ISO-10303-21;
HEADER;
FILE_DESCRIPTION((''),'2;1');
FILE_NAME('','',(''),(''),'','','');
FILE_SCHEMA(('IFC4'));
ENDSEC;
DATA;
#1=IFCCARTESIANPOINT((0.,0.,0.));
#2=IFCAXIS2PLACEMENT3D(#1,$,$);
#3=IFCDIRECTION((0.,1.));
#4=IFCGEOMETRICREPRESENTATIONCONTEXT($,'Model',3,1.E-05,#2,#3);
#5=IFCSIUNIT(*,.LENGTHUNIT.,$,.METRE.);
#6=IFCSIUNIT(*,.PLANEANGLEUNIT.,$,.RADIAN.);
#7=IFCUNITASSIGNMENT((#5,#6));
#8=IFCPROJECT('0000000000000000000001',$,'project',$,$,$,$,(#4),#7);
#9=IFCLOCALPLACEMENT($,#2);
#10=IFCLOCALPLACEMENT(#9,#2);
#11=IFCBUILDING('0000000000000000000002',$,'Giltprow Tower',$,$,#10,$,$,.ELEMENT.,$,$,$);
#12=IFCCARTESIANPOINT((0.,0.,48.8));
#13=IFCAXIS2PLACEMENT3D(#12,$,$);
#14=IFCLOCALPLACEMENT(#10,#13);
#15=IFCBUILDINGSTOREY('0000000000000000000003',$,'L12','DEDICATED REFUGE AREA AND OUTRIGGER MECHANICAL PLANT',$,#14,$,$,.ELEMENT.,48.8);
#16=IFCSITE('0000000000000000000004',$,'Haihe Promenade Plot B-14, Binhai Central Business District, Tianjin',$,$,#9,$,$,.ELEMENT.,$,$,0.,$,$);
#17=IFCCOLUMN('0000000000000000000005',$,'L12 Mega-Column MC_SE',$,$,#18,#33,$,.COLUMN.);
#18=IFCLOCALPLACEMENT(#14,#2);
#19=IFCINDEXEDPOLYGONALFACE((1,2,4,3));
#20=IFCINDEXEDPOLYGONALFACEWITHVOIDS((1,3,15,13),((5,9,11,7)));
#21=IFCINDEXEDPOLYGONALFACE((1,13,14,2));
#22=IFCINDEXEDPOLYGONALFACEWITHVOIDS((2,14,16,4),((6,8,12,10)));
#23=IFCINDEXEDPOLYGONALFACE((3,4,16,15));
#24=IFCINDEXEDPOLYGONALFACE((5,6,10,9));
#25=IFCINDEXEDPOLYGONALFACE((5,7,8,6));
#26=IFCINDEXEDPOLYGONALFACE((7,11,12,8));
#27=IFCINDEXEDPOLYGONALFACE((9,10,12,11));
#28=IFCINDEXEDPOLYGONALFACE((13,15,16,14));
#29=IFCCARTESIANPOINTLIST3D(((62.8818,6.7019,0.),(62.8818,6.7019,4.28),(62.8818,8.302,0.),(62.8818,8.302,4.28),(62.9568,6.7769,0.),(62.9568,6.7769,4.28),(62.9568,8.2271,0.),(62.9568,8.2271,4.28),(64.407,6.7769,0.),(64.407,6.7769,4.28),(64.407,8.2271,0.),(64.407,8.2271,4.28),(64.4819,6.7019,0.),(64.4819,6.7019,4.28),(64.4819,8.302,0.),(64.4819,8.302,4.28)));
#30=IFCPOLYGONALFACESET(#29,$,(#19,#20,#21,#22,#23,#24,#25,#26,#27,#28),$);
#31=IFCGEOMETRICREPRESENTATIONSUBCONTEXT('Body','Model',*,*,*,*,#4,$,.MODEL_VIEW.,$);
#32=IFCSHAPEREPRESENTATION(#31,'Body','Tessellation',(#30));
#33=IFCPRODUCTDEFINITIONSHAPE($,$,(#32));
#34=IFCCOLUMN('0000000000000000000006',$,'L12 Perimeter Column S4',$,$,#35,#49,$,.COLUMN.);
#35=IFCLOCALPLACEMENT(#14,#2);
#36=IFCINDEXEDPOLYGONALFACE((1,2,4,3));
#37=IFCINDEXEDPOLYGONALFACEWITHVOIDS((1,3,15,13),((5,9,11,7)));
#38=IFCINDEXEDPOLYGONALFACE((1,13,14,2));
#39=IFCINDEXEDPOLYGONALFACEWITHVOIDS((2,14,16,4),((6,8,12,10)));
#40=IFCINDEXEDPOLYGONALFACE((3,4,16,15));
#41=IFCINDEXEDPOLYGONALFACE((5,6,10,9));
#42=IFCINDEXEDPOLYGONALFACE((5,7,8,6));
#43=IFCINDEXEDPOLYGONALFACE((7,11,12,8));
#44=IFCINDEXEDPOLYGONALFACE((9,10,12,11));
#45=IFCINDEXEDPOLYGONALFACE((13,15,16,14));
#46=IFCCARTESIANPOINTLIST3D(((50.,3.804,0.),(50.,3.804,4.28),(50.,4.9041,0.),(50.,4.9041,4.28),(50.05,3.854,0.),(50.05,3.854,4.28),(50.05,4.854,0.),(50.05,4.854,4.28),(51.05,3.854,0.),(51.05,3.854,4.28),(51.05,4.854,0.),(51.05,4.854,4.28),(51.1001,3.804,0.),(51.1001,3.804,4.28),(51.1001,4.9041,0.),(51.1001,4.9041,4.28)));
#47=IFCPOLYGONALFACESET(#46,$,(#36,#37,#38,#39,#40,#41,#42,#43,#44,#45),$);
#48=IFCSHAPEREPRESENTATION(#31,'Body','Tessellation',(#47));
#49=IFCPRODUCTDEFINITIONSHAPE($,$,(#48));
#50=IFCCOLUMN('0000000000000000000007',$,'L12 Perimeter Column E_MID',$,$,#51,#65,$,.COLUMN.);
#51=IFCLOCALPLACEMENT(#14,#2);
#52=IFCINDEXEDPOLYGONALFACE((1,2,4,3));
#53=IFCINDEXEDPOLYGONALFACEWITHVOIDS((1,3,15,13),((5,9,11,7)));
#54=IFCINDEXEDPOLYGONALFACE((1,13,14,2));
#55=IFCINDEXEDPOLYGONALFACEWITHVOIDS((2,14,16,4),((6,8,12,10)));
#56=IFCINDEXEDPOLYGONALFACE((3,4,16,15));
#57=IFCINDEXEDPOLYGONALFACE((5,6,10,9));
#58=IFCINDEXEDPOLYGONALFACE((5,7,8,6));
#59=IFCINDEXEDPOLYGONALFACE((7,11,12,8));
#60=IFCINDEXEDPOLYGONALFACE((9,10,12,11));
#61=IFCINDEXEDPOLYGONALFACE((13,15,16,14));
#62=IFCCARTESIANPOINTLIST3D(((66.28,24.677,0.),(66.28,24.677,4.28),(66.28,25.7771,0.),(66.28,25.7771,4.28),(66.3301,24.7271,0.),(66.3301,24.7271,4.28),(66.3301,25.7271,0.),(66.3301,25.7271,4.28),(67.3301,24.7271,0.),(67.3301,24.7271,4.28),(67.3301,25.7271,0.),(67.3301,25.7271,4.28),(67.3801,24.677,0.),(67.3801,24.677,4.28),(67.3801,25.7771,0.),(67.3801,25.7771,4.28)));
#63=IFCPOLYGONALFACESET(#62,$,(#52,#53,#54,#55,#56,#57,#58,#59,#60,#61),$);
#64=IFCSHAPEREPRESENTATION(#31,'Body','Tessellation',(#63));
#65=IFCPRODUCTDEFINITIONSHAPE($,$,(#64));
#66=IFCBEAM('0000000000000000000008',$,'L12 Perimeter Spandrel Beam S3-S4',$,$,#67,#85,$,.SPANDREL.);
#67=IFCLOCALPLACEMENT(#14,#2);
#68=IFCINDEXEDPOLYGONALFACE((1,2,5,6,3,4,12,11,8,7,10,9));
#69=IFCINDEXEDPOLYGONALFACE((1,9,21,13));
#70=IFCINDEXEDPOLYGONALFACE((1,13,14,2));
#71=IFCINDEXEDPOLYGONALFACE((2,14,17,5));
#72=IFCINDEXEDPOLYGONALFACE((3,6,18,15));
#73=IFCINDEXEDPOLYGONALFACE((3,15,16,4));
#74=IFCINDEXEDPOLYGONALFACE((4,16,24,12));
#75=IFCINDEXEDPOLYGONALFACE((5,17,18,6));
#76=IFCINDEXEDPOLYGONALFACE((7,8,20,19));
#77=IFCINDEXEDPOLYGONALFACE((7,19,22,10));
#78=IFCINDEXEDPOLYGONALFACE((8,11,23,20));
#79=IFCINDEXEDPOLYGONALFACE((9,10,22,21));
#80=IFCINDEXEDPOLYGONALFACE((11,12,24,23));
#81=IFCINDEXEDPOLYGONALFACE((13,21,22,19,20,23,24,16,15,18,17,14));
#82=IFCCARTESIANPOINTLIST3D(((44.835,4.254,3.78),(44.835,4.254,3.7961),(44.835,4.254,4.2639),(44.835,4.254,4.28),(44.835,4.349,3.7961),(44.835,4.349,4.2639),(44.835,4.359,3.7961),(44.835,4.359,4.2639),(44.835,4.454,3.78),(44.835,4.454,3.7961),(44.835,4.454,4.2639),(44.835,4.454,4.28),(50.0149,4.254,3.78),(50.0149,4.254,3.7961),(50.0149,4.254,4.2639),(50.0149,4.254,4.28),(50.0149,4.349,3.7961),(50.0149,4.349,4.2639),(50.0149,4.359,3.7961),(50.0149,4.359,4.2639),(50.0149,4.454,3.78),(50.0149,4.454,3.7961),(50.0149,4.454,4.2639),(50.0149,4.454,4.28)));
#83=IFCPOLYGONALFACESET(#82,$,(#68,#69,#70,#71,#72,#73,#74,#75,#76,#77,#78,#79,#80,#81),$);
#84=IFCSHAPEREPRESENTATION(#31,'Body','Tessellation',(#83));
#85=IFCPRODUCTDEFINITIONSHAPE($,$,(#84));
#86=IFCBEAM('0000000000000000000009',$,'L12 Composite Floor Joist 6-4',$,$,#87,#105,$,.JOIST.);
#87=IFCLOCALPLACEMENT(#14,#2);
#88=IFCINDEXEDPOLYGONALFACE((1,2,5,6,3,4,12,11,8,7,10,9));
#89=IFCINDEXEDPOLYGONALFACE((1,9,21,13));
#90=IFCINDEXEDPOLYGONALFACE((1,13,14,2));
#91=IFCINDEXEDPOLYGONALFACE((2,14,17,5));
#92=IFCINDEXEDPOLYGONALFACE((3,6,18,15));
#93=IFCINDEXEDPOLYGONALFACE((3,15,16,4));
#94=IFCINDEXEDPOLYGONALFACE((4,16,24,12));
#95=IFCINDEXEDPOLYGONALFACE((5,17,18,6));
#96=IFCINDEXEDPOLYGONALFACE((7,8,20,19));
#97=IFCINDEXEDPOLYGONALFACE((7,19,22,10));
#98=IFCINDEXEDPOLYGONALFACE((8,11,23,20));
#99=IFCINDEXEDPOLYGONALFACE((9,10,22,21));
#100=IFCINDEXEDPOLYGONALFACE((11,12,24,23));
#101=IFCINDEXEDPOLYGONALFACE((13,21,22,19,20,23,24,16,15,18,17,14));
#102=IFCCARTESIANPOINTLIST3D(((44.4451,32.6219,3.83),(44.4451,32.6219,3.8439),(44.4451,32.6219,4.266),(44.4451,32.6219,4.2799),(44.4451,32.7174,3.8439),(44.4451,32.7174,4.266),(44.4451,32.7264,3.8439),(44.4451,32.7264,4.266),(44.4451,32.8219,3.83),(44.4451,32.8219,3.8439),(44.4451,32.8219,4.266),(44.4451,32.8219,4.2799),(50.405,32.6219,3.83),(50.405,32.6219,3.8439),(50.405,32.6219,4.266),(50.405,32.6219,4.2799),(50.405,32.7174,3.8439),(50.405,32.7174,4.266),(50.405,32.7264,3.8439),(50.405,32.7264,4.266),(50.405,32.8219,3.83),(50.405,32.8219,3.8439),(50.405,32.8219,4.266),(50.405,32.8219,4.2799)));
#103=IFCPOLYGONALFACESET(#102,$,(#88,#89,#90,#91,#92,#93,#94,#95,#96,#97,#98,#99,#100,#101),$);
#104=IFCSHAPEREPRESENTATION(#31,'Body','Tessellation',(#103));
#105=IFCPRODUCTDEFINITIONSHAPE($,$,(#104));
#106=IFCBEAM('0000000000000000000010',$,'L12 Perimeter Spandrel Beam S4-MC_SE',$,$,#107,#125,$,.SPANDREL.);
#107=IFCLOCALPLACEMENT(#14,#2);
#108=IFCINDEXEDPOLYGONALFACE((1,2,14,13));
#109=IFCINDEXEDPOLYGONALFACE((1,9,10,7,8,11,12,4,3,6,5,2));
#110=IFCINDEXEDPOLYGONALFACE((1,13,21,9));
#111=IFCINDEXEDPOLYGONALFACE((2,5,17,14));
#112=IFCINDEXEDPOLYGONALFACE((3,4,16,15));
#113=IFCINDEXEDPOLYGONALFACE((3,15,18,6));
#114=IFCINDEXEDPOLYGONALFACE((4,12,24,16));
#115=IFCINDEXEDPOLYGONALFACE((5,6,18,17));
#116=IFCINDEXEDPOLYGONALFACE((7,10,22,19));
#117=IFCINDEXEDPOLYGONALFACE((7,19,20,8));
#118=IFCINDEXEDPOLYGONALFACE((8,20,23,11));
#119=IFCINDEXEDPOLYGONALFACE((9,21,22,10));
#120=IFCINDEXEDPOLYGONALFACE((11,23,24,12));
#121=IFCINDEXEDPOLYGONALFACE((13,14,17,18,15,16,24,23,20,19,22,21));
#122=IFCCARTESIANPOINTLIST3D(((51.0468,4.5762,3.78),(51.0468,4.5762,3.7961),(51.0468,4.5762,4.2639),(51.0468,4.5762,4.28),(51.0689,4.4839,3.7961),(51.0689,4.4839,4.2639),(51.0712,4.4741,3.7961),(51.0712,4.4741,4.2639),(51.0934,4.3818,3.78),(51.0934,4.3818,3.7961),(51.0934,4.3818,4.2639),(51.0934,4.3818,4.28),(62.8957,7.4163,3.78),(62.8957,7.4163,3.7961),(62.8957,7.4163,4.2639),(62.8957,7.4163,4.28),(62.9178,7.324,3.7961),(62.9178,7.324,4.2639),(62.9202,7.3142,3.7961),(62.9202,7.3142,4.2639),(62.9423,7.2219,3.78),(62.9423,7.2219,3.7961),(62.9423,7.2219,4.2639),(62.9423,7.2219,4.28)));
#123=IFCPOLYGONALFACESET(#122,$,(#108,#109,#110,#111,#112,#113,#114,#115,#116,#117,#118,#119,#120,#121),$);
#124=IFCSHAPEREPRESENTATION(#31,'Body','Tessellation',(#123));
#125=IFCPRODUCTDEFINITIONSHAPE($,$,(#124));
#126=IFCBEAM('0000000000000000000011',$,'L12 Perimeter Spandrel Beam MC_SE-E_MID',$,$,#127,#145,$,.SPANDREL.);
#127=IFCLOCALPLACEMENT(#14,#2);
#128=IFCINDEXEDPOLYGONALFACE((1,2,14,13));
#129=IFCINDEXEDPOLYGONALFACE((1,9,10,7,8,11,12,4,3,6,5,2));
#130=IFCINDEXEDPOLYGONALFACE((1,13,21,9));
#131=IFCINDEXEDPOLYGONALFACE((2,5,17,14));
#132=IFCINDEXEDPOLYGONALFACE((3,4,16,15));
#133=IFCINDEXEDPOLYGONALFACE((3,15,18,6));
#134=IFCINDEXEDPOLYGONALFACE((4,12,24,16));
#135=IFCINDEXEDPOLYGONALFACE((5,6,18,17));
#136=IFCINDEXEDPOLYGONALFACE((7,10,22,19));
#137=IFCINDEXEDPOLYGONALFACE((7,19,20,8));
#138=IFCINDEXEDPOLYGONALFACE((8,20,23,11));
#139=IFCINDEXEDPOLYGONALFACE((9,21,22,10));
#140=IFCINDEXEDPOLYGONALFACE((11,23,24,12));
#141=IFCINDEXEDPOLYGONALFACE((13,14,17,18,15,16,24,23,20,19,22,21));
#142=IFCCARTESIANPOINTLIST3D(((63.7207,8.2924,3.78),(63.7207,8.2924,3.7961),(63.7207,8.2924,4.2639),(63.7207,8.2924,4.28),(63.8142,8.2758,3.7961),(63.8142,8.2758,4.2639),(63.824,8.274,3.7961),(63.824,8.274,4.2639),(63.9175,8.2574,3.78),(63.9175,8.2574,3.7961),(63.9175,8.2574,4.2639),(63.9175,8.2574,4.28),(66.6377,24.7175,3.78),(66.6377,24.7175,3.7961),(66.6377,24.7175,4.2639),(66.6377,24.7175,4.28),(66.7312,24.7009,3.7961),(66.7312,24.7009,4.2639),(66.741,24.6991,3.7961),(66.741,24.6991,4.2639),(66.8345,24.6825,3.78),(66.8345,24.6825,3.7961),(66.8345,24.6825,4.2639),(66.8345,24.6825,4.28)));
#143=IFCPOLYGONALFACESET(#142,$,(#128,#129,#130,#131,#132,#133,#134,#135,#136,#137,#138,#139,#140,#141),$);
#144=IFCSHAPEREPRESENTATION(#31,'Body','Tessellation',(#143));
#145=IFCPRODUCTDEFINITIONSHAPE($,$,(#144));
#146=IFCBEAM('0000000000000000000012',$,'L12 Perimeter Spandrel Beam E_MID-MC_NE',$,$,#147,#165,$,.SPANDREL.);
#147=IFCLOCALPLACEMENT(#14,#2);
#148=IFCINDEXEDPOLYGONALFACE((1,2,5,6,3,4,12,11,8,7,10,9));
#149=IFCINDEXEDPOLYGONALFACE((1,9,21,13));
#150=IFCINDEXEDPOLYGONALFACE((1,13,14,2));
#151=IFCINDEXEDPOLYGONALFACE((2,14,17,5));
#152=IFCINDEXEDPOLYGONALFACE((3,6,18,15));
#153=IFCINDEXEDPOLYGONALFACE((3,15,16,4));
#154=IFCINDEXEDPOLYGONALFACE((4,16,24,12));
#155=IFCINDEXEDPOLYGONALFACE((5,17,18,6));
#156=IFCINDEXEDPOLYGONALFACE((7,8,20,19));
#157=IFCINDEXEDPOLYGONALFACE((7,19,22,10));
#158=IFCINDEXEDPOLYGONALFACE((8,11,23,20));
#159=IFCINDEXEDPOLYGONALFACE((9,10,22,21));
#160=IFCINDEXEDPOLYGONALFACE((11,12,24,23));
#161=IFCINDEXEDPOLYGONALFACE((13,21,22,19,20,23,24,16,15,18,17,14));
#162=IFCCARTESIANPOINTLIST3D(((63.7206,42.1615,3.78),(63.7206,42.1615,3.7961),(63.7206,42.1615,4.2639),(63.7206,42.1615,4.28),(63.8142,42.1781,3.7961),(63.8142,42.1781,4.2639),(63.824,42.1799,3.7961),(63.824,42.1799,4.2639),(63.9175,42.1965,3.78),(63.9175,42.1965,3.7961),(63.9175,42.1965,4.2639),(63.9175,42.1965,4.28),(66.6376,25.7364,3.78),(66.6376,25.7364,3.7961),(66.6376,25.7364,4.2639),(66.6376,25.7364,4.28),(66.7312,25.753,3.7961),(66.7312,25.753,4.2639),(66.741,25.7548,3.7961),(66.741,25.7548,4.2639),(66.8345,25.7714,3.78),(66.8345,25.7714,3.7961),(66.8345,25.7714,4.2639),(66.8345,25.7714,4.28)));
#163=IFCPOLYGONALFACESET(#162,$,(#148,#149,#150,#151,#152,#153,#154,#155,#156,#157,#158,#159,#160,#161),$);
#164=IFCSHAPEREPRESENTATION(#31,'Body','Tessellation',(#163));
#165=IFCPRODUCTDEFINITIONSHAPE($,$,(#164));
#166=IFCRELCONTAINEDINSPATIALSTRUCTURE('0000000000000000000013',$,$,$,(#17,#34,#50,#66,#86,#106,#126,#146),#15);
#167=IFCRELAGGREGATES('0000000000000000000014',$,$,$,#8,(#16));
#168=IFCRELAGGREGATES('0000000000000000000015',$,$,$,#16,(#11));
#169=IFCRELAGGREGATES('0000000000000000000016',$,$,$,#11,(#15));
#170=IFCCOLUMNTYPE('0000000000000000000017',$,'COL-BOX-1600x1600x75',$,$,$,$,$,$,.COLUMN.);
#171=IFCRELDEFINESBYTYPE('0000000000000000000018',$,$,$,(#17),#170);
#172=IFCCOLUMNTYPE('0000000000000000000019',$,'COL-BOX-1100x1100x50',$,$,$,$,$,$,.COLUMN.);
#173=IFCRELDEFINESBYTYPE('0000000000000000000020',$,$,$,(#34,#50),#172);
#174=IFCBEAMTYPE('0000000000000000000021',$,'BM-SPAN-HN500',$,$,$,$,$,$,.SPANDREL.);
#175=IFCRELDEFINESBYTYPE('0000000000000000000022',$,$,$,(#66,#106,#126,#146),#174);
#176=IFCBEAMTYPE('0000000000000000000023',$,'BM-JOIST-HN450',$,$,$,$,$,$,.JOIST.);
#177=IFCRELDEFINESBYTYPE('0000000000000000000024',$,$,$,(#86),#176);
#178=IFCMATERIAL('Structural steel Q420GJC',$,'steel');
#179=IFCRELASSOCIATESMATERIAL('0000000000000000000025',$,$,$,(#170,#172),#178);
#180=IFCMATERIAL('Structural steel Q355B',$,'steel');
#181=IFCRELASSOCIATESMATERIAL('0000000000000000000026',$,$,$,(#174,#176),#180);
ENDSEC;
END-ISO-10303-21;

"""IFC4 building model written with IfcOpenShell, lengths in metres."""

from ifc_helpers import new_model, si_unit, direction, frame, origin, origin_2d, place, context, subcontext, project, spatial, hollow_rectangle, i_section, extrude, source, transform, mapped, material, material_profile, profile_set, type_object, element, save


model = new_model("IFC4")

# Units and contexts
model_context = context("Model", 3, precision=1e-05, world=origin(), true_north=direction((0.0, 1.0)))
body_context = subcontext(model_context, "Body", "Model", "MODEL_VIEW")
ifc_project = project(units=[si_unit("LENGTHUNIT", "METRE"), si_unit("PLANEANGLEUNIT", "RADIAN")], contexts=[model_context])

# Site, building, storey
site_placement = place(None, origin())
site = spatial("IfcSite", under=ifc_project, at=site_placement, Name="Haihe Promenade Plot B-14, Binhai Central Business District, Tianjin", CompositionType="ELEMENT", RefElevation=0.0)
building_placement = place(site_placement, origin())
building = spatial("IfcBuilding", under=site, at=building_placement, Name="Giltprow Tower", CompositionType="ELEMENT")
storey_placement = place(building_placement, frame((0.0, 0.0, 48.8)))
storey = spatial("IfcBuildingStorey", under=building, at=storey_placement, Name="L12", Description="DEDICATED REFUGE AREA AND OUTRIGGER MECHANICAL PLANT", CompositionType="ELEMENT", Elevation=48.8)

# Columns
ifc_material_1 = material(Name="Structural steel Q420GJC", Category="steel")
ifc_material_profile_1 = material_profile(ifc_material_1, hollow_rectangle(XDim=1.6001, YDim=1.6001, WallThickness=0.075, at=origin_2d()), Name="BOX 1600x1600x75")
ifc_profile_set_1 = profile_set([ifc_material_profile_1], Name="Structural steel Q420GJC")
column_type_1 = type_object("IfcColumnType", Name="COL-BOX-1600x1600x75", PredefinedType="COLUMN", material=ifc_profile_set_1)
shared_shape_1 = source(origin(), body_context, "Body", "SweptSolid", [
    extrude(hollow_rectangle(XDim=1.6001, YDim=1.6001, WallThickness=0.075, at=origin_2d()), origin(), (0.0, 0.0, 1.0), 4.28),
])
column_placement = place(storey_placement, frame((63.6819, 7.502, 0.0), z_axis=(0.0, 0.0, 1.0), x_axis=(1.0, 0.0, 0.0)))
element("IfcColumn", 1, at=column_placement, inside=storey, type_object=column_type_1, Name="L12 Mega-Column MC_SE", PredefinedType="COLUMN", context=body_context, shape_type="MappedRepresentation", body=[
    mapped(shared_shape_1, transform((0.0, 0.0, 0.0), x_axis=(1.0, 0.0, 0.0), y_axis=(0.0, 1.0, 0.0), z_axis=(0.0, 0.0, 1.0), scale=1.0)),
])
ifc_material_profile_2 = material_profile(ifc_material_1, hollow_rectangle(XDim=1.1001, YDim=1.1001, WallThickness=0.05, at=origin_2d()), Name="BOX 1100x1100x50")
ifc_profile_set_2 = profile_set([ifc_material_profile_2], Name="Structural steel Q420GJC")
column_type_2 = type_object("IfcColumnType", Name="COL-BOX-1100x1100x50", PredefinedType="COLUMN", material=ifc_profile_set_2)
shared_shape_2 = source(origin(), body_context, "Body", "SweptSolid", [
    extrude(hollow_rectangle(XDim=1.1001, YDim=1.1001, WallThickness=0.05, at=origin_2d()), origin(), (0.0, 0.0, 1.0), 4.28),
])
for number, where, z_axis, x_axis, name in (
    (2, (50.55, 4.354, 0.0), (0.0, 0.0, 1.0), (1.0, 0.0, 0.0), "L12 Perimeter Column S4"),
    (3, (66.8301, 25.2271, 0.0), (0.0, 0.0, 1.0), (1.0, 0.0, 0.0), "L12 Perimeter Column E_MID"),
):
    element("IfcColumn", number, at=place(storey_placement, frame(where, z_axis=z_axis, x_axis=x_axis)), inside=storey, type_object=column_type_2, Name=name, PredefinedType="COLUMN", context=body_context, shape_type="MappedRepresentation", body=[
        mapped(shared_shape_2, transform((0.0, 0.0, 0.0), x_axis=(1.0, 0.0, 0.0), y_axis=(0.0, 1.0, 0.0), z_axis=(0.0, 0.0, 1.0), scale=1.0)),
    ])

# Beams
ifc_material_2 = material(Name="Structural steel Q355B", Category="steel")
ifc_material_profile_3 = material_profile(ifc_material_2, i_section(OverallWidth=0.2, OverallDepth=0.5, WebThickness=0.01, FlangeThickness=0.0161, at=origin_2d()), Name="HN 500x200x10x16")
ifc_profile_set_3 = profile_set([ifc_material_profile_3], Name="Structural steel Q355B")
beam_type_1 = type_object("IfcBeamType", Name="BM-SPAN-HN500", PredefinedType="SPANDREL", material=ifc_profile_set_3)
shared_shape_3 = source(origin(), body_context, "Body", "SweptSolid", [
    extrude(i_section(OverallWidth=0.2, OverallDepth=0.5, WebThickness=0.01, FlangeThickness=0.0161, at=origin_2d()), origin(), (0.0, 0.0, 1.0), 5.1799),
])
beam_1_placement = place(storey_placement, frame((44.835, 4.354, 4.03), z_axis=(1.0, 0.0, 0.0), x_axis=(0.0, 1.0, 0.0)))
element("IfcBeam", 4, at=beam_1_placement, inside=storey, type_object=beam_type_1, Name="L12 Perimeter Spandrel Beam S3-S4", PredefinedType="SPANDREL", context=body_context, shape_type="MappedRepresentation", body=[
    mapped(shared_shape_3, transform((0.0, 0.0, 0.0), x_axis=(1.0, 0.0, 0.0), y_axis=(0.0, 1.0, 0.0), z_axis=(0.0, 0.0, 1.0), scale=1.0)),
])
ifc_material_profile_4 = material_profile(ifc_material_2, i_section(OverallWidth=0.2, OverallDepth=0.45, WebThickness=0.009, FlangeThickness=0.0139, at=origin_2d()), Name="HN 450x200x9x14")
ifc_profile_set_4 = profile_set([ifc_material_profile_4], Name="Structural steel Q355B")
beam_type_2 = type_object("IfcBeamType", Name="BM-JOIST-HN450", PredefinedType="JOIST", material=ifc_profile_set_4)
shared_shape_4 = source(origin(), body_context, "Body", "SweptSolid", [
    extrude(i_section(OverallWidth=0.2, OverallDepth=0.45, WebThickness=0.009, FlangeThickness=0.0139, at=origin_2d()), origin(), (0.0, 0.0, 1.0), 5.96),
])
beam_2_placement = place(storey_placement, frame((44.4451, 32.7219, 4.0549), z_axis=(1.0, 0.0, 0.0), x_axis=(0.0, 1.0, 0.0)))
element("IfcBeam", 5, at=beam_2_placement, inside=storey, type_object=beam_type_2, Name="L12 Composite Floor Joist 6-4", PredefinedType="JOIST", context=body_context, shape_type="MappedRepresentation", body=[
    mapped(shared_shape_4, transform((0.0, 0.0, 0.0), x_axis=(1.0, 0.0, 0.0), y_axis=(0.0, 1.0, 0.0), z_axis=(0.0, 0.0, 1.0), scale=1.0)),
])
shared_shape_5 = source(origin(), body_context, "Body", "SweptSolid", [
    extrude(i_section(OverallWidth=0.2, OverallDepth=0.5, WebThickness=0.01, FlangeThickness=0.0161, at=origin_2d()), origin(), (0.0, 0.0, 1.0), 12.1846),
])
beam_3_placement = place(storey_placement, frame((51.0701, 4.479, 4.03), z_axis=(0.972455, 0.23309, 0.0), x_axis=(-0.23309, 0.972455, 0.0)))
element("IfcBeam", 6, at=beam_3_placement, inside=storey, type_object=beam_type_1, Name="L12 Perimeter Spandrel Beam S4-MC_SE", PredefinedType="SPANDREL", context=body_context, shape_type="MappedRepresentation", body=[
    mapped(shared_shape_5, transform((0.0, 0.0, 0.0), x_axis=(1.0, 0.0, 0.0), y_axis=(0.0, 1.0, 0.0), z_axis=(0.0, 0.0, 1.0), scale=1.0)),
])
shared_shape_6 = source(origin(), body_context, "Body", "SweptSolid", [
    extrude(i_section(OverallWidth=0.2, OverallDepth=0.5, WebThickness=0.01, FlangeThickness=0.0161, at=origin_2d()), origin(), (0.0, 0.0, 1.0), 16.6821),
])
for number, where, z_axis, x_axis, name in (
    (7, (63.8191, 8.2749, 4.03), (0.174858, 0.984594, 0.0), (-0.984594, 0.174858, 0.0), "L12 Perimeter Spandrel Beam MC_SE-E_MID"),
    (8, (66.7361, 25.7539, 4.03), (-0.174858, 0.984594, 0.0), (-0.984594, -0.174858, 0.0), "L12 Perimeter Spandrel Beam E_MID-MC_NE"),
):
    element("IfcBeam", number, at=place(storey_placement, frame(where, z_axis=z_axis, x_axis=x_axis)), inside=storey, type_object=beam_type_1, Name=name, PredefinedType="SPANDREL", context=body_context, shape_type="MappedRepresentation", body=[
        mapped(shared_shape_6, transform((0.0, 0.0, 0.0), x_axis=(1.0, 0.0, 0.0), y_axis=(0.0, 1.0, 0.0), z_axis=(0.0, 0.0, 1.0), scale=1.0)),
    ])

save(model, "model.ifc")
